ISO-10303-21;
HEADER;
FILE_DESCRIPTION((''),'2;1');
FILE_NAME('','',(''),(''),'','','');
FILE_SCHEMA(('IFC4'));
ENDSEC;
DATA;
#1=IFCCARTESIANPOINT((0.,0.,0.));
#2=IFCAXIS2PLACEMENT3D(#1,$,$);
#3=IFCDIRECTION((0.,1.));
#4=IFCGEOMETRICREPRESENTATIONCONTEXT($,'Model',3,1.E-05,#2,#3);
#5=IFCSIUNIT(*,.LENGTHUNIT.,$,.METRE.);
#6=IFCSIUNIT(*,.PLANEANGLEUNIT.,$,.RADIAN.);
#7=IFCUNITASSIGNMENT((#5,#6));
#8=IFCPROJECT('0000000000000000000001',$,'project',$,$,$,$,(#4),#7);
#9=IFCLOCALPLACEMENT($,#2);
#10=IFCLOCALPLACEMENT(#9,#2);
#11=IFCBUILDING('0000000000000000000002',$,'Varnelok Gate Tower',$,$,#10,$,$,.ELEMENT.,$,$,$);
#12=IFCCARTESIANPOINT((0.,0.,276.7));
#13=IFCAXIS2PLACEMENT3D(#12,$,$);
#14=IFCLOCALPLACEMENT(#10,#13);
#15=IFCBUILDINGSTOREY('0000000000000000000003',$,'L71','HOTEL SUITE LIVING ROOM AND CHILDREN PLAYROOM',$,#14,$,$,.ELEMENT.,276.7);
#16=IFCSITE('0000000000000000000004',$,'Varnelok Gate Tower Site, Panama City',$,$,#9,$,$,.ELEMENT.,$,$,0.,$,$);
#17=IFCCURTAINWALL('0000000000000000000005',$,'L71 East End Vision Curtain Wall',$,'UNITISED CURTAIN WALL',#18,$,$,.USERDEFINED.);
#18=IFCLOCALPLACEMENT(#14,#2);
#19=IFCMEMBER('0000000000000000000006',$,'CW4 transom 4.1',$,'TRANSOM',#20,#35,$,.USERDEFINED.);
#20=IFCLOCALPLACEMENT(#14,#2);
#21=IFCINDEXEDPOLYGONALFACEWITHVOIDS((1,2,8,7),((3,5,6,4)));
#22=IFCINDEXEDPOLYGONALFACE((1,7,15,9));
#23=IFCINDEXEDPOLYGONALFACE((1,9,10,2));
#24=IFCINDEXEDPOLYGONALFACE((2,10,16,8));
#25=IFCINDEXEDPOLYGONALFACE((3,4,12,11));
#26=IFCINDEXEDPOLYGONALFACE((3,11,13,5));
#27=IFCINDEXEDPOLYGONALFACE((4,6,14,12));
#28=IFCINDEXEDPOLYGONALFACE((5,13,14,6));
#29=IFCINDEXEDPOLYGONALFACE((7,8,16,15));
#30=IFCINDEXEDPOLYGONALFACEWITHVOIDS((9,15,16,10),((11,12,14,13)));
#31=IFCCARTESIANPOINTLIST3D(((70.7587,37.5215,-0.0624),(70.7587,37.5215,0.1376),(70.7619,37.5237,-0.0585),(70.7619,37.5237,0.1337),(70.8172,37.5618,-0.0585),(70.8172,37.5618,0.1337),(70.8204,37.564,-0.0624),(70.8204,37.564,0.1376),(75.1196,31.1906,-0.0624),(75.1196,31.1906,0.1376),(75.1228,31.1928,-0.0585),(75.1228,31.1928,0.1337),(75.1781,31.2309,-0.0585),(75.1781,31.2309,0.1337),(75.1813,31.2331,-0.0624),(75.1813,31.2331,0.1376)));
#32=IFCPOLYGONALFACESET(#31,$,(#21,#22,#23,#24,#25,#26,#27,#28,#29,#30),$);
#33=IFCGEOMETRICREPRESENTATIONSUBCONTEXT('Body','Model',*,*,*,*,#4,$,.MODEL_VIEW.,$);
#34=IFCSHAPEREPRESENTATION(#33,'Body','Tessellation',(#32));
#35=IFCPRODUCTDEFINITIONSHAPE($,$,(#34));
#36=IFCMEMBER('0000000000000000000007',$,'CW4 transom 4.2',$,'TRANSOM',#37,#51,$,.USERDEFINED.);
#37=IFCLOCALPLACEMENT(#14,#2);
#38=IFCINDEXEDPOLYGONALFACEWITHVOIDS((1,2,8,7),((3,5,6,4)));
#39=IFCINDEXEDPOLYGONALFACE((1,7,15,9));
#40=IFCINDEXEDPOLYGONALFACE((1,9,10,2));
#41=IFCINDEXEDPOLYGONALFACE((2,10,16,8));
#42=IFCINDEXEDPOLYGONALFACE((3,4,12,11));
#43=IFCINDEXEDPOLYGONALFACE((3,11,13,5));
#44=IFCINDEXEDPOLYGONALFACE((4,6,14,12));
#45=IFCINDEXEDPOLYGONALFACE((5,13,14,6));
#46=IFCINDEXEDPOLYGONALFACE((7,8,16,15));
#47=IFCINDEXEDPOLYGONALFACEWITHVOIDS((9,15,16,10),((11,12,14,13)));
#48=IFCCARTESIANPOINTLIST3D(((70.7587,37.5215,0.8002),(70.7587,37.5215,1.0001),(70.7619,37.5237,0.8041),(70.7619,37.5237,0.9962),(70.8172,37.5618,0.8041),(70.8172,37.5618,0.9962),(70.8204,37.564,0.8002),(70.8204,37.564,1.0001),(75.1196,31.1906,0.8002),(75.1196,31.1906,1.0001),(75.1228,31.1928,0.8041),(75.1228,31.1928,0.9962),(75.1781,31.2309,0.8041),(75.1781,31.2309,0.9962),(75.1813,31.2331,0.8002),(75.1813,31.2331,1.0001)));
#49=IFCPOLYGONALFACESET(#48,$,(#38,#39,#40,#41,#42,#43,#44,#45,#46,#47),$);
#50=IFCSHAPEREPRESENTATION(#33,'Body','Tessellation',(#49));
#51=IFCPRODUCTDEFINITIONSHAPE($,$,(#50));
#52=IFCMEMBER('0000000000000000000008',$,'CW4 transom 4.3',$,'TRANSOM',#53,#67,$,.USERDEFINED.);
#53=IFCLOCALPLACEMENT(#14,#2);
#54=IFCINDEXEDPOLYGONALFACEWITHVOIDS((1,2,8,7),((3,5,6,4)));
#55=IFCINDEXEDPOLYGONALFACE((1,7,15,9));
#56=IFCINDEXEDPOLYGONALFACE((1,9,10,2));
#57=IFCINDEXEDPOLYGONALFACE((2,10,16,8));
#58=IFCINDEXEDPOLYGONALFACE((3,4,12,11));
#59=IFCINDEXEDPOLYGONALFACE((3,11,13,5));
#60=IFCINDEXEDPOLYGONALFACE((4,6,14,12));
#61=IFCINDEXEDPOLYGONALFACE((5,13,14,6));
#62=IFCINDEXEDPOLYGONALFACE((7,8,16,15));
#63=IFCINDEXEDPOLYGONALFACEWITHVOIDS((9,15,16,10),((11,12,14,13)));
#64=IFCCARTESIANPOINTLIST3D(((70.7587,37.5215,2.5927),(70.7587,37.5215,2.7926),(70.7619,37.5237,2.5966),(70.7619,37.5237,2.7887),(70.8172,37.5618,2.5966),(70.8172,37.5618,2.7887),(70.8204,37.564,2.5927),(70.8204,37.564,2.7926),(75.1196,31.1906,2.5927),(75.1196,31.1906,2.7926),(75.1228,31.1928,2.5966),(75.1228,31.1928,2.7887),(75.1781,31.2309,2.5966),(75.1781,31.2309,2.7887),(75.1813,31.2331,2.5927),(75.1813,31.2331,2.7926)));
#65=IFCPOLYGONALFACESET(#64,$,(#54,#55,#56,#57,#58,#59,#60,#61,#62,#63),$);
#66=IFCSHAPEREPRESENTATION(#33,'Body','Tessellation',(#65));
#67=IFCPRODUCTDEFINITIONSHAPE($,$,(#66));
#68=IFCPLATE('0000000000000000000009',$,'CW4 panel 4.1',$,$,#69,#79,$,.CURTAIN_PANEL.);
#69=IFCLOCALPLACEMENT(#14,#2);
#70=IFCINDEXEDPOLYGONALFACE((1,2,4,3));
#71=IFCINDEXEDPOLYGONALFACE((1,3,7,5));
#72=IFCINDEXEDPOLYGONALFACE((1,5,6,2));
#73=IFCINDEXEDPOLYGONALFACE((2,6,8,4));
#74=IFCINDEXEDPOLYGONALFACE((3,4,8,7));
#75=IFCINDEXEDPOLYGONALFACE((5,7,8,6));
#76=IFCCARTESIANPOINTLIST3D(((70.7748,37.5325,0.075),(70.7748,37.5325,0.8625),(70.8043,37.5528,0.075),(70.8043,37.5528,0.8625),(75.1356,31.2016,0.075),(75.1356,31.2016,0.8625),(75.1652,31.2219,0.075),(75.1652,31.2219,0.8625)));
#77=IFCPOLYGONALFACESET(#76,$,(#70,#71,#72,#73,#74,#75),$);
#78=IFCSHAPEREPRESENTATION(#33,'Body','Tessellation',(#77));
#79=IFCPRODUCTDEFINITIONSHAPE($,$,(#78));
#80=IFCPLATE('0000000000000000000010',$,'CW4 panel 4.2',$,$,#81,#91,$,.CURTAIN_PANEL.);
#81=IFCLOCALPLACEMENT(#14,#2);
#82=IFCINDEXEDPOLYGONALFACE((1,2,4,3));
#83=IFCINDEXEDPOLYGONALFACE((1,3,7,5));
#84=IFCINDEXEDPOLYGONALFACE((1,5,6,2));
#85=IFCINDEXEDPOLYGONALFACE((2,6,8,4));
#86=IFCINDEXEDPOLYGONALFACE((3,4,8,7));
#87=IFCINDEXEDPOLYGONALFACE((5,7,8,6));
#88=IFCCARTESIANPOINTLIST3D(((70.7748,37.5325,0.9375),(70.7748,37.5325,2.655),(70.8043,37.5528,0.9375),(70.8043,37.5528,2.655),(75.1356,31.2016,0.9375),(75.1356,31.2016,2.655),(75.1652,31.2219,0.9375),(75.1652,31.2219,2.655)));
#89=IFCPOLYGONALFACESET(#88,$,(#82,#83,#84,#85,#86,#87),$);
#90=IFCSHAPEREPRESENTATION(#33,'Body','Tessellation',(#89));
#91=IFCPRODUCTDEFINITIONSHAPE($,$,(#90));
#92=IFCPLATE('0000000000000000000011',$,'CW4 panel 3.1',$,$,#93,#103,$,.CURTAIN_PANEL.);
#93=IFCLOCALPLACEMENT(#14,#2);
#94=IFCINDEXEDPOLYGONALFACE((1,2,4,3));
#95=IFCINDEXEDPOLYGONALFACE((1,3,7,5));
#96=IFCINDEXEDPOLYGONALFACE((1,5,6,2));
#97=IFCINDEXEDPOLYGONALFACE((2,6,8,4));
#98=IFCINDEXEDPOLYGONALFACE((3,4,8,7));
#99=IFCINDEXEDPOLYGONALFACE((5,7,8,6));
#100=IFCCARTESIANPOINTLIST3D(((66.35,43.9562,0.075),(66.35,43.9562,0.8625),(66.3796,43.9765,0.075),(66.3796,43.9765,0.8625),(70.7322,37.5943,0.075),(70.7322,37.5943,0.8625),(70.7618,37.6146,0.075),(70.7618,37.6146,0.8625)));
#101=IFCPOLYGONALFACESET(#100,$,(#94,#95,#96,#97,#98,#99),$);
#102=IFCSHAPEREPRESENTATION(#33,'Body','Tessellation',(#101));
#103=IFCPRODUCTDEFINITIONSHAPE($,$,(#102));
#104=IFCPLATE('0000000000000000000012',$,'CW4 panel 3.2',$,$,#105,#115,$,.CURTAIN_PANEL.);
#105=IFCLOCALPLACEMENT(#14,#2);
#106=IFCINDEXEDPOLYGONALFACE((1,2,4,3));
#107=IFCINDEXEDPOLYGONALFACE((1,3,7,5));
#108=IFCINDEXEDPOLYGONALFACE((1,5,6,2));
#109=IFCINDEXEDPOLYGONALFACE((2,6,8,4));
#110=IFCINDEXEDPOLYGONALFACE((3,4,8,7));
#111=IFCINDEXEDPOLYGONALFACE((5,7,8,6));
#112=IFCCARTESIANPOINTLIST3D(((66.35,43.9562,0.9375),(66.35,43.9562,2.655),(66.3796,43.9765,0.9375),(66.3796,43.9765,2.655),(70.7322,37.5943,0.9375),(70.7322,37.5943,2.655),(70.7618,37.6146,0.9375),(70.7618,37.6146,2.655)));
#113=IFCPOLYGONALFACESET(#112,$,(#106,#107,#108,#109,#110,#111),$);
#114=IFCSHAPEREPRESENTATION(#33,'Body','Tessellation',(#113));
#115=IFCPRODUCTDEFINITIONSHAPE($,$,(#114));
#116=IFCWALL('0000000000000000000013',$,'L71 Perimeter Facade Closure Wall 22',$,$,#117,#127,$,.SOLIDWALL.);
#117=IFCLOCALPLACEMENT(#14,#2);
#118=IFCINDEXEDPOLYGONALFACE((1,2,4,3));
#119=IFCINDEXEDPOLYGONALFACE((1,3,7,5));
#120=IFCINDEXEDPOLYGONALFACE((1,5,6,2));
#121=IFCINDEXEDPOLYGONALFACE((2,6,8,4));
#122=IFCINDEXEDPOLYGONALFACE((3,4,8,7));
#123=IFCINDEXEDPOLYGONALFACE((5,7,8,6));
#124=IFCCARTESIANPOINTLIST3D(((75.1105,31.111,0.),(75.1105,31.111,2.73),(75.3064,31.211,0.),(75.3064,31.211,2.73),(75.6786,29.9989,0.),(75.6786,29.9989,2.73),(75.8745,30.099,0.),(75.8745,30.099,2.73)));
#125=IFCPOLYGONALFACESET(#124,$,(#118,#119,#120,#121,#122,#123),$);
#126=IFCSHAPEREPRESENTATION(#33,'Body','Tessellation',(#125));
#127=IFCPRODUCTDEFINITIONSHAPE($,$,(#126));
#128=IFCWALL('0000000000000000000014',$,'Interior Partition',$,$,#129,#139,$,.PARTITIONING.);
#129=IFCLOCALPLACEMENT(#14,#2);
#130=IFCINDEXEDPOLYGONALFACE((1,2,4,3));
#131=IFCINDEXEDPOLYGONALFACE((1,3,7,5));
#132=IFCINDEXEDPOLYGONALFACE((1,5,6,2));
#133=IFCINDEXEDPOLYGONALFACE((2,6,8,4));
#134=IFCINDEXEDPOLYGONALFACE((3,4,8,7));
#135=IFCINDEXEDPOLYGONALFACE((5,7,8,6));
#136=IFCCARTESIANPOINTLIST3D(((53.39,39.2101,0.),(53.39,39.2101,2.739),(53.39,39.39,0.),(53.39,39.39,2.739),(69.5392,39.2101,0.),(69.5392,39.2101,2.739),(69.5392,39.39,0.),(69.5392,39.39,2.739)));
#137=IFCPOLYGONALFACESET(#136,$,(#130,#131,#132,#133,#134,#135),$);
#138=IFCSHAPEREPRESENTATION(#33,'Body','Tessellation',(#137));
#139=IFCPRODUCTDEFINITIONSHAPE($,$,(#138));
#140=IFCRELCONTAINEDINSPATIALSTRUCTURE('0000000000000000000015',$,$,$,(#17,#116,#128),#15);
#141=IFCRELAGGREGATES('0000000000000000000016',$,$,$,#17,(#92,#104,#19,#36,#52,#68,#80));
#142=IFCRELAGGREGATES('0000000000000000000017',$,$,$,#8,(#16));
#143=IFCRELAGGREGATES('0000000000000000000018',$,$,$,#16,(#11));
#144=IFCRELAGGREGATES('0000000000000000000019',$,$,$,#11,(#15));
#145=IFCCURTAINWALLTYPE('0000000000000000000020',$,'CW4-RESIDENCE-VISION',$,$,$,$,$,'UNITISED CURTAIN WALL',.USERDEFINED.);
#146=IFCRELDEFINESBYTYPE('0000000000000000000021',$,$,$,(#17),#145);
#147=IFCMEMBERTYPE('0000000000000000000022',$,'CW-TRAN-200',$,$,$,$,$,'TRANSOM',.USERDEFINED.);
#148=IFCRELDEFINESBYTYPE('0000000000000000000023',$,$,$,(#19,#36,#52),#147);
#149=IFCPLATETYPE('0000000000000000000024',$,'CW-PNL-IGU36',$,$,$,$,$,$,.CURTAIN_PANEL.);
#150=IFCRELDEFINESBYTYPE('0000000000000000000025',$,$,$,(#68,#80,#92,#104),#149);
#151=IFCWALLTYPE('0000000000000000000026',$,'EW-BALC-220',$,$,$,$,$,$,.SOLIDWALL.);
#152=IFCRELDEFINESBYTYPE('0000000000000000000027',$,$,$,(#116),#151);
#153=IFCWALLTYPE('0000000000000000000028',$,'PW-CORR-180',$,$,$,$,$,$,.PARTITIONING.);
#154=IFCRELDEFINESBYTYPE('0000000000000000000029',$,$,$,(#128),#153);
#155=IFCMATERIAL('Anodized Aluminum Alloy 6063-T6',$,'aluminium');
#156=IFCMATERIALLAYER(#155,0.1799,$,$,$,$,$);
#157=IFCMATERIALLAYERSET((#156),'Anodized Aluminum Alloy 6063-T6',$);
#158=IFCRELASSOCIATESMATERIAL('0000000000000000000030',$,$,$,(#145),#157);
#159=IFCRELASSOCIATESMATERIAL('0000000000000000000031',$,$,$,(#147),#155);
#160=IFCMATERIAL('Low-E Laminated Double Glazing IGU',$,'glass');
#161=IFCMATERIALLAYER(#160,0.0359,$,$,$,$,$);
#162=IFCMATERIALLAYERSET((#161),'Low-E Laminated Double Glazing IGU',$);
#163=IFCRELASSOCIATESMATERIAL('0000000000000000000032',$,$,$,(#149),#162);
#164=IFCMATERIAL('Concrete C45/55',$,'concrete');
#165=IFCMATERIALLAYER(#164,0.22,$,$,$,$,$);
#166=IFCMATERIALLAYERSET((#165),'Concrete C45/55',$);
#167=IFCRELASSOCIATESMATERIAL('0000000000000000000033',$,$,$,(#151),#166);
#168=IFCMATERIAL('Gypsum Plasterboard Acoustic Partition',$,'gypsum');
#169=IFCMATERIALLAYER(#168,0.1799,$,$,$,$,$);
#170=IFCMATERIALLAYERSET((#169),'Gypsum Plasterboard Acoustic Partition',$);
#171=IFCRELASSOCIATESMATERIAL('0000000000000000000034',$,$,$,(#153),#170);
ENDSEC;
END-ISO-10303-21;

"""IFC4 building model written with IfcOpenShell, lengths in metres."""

from ifc_helpers import new_model, si_unit, direction, frame, frame_2d, origin, origin_2d, place, context, subcontext, project, spatial, rectangle, hollow_rectangle, extrude, source, transform, mapped, material, layer, layer_set, material_profile, profile_set, type_object, element, aggregate, save


model = new_model("IFC4")

# Units and contexts
model_context = context("Model", 3, precision=1e-05, world=origin(), true_north=direction((0.0, 1.0)))
body_context = subcontext(model_context, "Body", "Model", "MODEL_VIEW")
ifc_project = project(units=[si_unit("LENGTHUNIT", "METRE"), si_unit("PLANEANGLEUNIT", "RADIAN")], contexts=[model_context])

# Site, building, storey
site_placement = place(None, origin())
site = spatial("IfcSite", under=ifc_project, at=site_placement, Name="Varnelok Gate Tower Site, Panama City", CompositionType="ELEMENT", RefElevation=0.0)
building_placement = place(site_placement, origin())
building = spatial("IfcBuilding", under=site, at=building_placement, Name="Varnelok Gate Tower", CompositionType="ELEMENT")
storey_placement = place(building_placement, frame((0.0, 0.0, 276.7)))
storey = spatial("IfcBuildingStorey", under=building, at=storey_placement, Name="L71", Description="HOTEL SUITE LIVING ROOM AND CHILDREN PLAYROOM", CompositionType="ELEMENT", Elevation=276.7)

# Curtain wall, members, plates
ifc_material_1 = material(Name="Anodized Aluminum Alloy 6063-T6", Category="aluminium")
ifc_layer_1 = layer(ifc_material_1, 0.1799)
ifc_layer_set_1 = layer_set([ifc_layer_1], Name="Anodized Aluminum Alloy 6063-T6")
curtain_wall_type = type_object("IfcCurtainWallType", Name="CW4-RESIDENCE-VISION", ElementType="UNITISED CURTAIN WALL", PredefinedType="USERDEFINED", material=ifc_layer_set_1)
curtain_wall_placement = place(storey_placement, origin())
curtain_wall = element("IfcCurtainWall", 1, at=curtain_wall_placement, inside=storey, type_object=curtain_wall_type, Name="L71 East End Vision Curtain Wall", ObjectType="UNITISED CURTAIN WALL", PredefinedType="USERDEFINED")
ifc_material_profile_1 = material_profile(ifc_material_1, hollow_rectangle(XDim=0.075, YDim=0.2, WallThickness=0.0039, at=origin_2d()), Name="ALU200X75X4")
ifc_profile_set_1 = profile_set([ifc_material_profile_1], Name="Anodized Aluminum Alloy 6063-T6")
member_type_1 = type_object("IfcMemberType", Name="CW-TRAN-200", ElementType="TRANSOM", PredefinedType="USERDEFINED", material=ifc_profile_set_1)
member_1_placement = place(storey_placement, frame((70.7896, 37.5427, 0.0376), z_axis=(0.567271, -0.823531, 0.0), x_axis=(0.823531, 0.567271, 0.0)))
member_1 = element("IfcMember", 2, at=member_1_placement, type_object=member_type_1, Name="CW4 transom 4.1", ObjectType="TRANSOM", PredefinedType="USERDEFINED", context=body_context, shape_type="SweptSolid", body=[
    extrude(hollow_rectangle(XDim=0.075, YDim=0.2, WallThickness=0.0039, at=origin_2d()), origin(), (0.0, 0.0, 1.0), 7.6875),
])
member_2_placement = place(storey_placement, frame((70.7896, 37.5427, 0.9001), z_axis=(0.567271, -0.823531, 0.0), x_axis=(0.823531, 0.567271, 0.0)))
member_2 = element("IfcMember", 3, at=member_2_placement, type_object=member_type_1, Name="CW4 transom 4.2", ObjectType="TRANSOM", PredefinedType="USERDEFINED", context=body_context, shape_type="SweptSolid", body=[
    extrude(hollow_rectangle(XDim=0.075, YDim=0.2, WallThickness=0.0039, at=origin_2d()), origin(), (0.0, 0.0, 1.0), 7.6875),
])
member_3_placement = place(storey_placement, frame((70.7896, 37.5427, 2.6926), z_axis=(0.567271, -0.823531, 0.0), x_axis=(0.823531, 0.567271, 0.0)))
member_3 = element("IfcMember", 4, at=member_3_placement, type_object=member_type_1, Name="CW4 transom 4.3", ObjectType="TRANSOM", PredefinedType="USERDEFINED", context=body_context, shape_type="SweptSolid", body=[
    extrude(hollow_rectangle(XDim=0.075, YDim=0.2, WallThickness=0.0039, at=origin_2d()), origin(), (0.0, 0.0, 1.0), 7.6875),
])
ifc_material_2 = material(Name="Low-E Laminated Double Glazing IGU", Category="glass")
ifc_layer_2 = layer(ifc_material_2, 0.0359)
ifc_layer_set_2 = layer_set([ifc_layer_2], Name="Low-E Laminated Double Glazing IGU")
plate_type = type_object("IfcPlateType", Name="CW-PNL-IGU36", PredefinedType="CURTAIN_PANEL", material=ifc_layer_set_2)
shared_shape_1 = source(origin(), body_context, "Body", "SweptSolid", [
    extrude(rectangle(XDim=7.6875, YDim=0.0359, at=origin_2d()), origin(), (0.0, 0.0, 1.0), 0.7876),
])
plate_1_placement = place(storey_placement, frame((72.97, 34.3772, 0.075), z_axis=(0.0, 0.0, 1.0), x_axis=(0.567269, -0.823532, 0.0)))
plate_1 = element("IfcPlate", 5, at=plate_1_placement, type_object=plate_type, Name="CW4 panel 4.1", PredefinedType="CURTAIN_PANEL", context=body_context, shape_type="MappedRepresentation", body=[
    mapped(shared_shape_1, transform((0.0, 0.0, 0.0), scale=1.0)),
])
shared_shape_2 = source(origin(), body_context, "Body", "SweptSolid", [
    extrude(rectangle(XDim=7.6875, YDim=0.0359, at=origin_2d()), origin(), (0.0, 0.0, 1.0), 1.7175),
])
plate_2_placement = place(storey_placement, frame((72.97, 34.3772, 0.9375), z_axis=(0.0, 0.0, 1.0), x_axis=(0.567269, -0.823532, 0.0)))
plate_2 = element("IfcPlate", 6, at=plate_2_placement, type_object=plate_type, Name="CW4 panel 4.2", PredefinedType="CURTAIN_PANEL", context=body_context, shape_type="MappedRepresentation", body=[
    mapped(shared_shape_2, transform((0.0, 0.0, 0.0), scale=1.0)),
])
shared_shape_3 = source(origin(), body_context, "Body", "SweptSolid", [
    extrude(rectangle(XDim=7.7251, YDim=0.0359, at=origin_2d()), origin(), (0.0, 0.0, 1.0), 0.7876),
])
plate_3_placement = place(storey_placement, frame((68.5559, 40.7854, 0.075), z_axis=(0.0, 0.0, 1.0), x_axis=(0.567269, -0.823532, 0.0)))
plate_3 = element("IfcPlate", 7, at=plate_3_placement, type_object=plate_type, Name="CW4 panel 3.1", PredefinedType="CURTAIN_PANEL", context=body_context, shape_type="MappedRepresentation", body=[
    mapped(shared_shape_3, transform((0.0, 0.0, 0.0), scale=1.0)),
])
shared_shape_4 = source(origin(), body_context, "Body", "SweptSolid", [
    extrude(rectangle(XDim=7.7251, YDim=0.0359, at=origin_2d()), origin(), (0.0, 0.0, 1.0), 1.7175),
])
plate_4_placement = place(storey_placement, frame((68.5559, 40.7854, 0.9375), z_axis=(0.0, 0.0, 1.0), x_axis=(0.567269, -0.823532, 0.0)))
plate_4 = element("IfcPlate", 8, at=plate_4_placement, type_object=plate_type, Name="CW4 panel 3.2", PredefinedType="CURTAIN_PANEL", context=body_context, shape_type="MappedRepresentation", body=[
    mapped(shared_shape_4, transform((0.0, 0.0, 0.0), scale=1.0)),
])
aggregate(curtain_wall, [plate_3, plate_4, member_1, member_2, member_3, plate_1, plate_2])

# Walls
ifc_material_3 = material(Name="Concrete C45/55", Category="concrete")
ifc_layer_3 = layer(ifc_material_3, 0.22)
ifc_layer_set_3 = layer_set([ifc_layer_3], Name="Concrete C45/55")
wall_type_1 = type_object("IfcWallType", Name="EW-BALC-220", PredefinedType="SOLIDWALL", material=ifc_layer_set_3)
wall_1_placement = place(storey_placement, frame((75.7766, 30.0488, 0.0), z_axis=(0.0, 0.0, 1.0), x_axis=(-0.454939, 0.890523, 0.0)))
element("IfcWall", 9, at=wall_1_placement, inside=storey, type_object=wall_type_1, Name="L71 Perimeter Facade Closure Wall 22", PredefinedType="SOLIDWALL", context=body_context, shape_type="SweptSolid", body=[
    extrude(rectangle(XDim=1.2488, YDim=0.22, at=frame_2d((0.6245, 0.0))), origin(), (0.0, 0.0, 1.0), 2.73),
])
ifc_material_4 = material(Name="Gypsum Plasterboard Acoustic Partition", Category="gypsum")
ifc_layer_4 = layer(ifc_material_4, 0.1799)
ifc_layer_set_4 = layer_set([ifc_layer_4], Name="Gypsum Plasterboard Acoustic Partition")
wall_type_2 = type_object("IfcWallType", Name="PW-CORR-180", PredefinedType="PARTITIONING", material=ifc_layer_set_4)
wall_2_placement = place(storey_placement, frame((53.3899, 39.3, 0.0), z_axis=(0.0, 0.0, 1.0), x_axis=(1.0, 0.0, 0.0)))
element("IfcWall", 10, at=wall_2_placement, inside=storey, type_object=wall_type_2, Name="Interior Partition", PredefinedType="PARTITIONING", context=body_context, shape_type="SweptSolid", body=[
    extrude(rectangle(XDim=16.1492, YDim=0.1799, at=frame_2d((8.0747, 0.0))), origin(), (0.0, 0.0, 1.0), 2.739),
])

save(model, "model.ifc")
